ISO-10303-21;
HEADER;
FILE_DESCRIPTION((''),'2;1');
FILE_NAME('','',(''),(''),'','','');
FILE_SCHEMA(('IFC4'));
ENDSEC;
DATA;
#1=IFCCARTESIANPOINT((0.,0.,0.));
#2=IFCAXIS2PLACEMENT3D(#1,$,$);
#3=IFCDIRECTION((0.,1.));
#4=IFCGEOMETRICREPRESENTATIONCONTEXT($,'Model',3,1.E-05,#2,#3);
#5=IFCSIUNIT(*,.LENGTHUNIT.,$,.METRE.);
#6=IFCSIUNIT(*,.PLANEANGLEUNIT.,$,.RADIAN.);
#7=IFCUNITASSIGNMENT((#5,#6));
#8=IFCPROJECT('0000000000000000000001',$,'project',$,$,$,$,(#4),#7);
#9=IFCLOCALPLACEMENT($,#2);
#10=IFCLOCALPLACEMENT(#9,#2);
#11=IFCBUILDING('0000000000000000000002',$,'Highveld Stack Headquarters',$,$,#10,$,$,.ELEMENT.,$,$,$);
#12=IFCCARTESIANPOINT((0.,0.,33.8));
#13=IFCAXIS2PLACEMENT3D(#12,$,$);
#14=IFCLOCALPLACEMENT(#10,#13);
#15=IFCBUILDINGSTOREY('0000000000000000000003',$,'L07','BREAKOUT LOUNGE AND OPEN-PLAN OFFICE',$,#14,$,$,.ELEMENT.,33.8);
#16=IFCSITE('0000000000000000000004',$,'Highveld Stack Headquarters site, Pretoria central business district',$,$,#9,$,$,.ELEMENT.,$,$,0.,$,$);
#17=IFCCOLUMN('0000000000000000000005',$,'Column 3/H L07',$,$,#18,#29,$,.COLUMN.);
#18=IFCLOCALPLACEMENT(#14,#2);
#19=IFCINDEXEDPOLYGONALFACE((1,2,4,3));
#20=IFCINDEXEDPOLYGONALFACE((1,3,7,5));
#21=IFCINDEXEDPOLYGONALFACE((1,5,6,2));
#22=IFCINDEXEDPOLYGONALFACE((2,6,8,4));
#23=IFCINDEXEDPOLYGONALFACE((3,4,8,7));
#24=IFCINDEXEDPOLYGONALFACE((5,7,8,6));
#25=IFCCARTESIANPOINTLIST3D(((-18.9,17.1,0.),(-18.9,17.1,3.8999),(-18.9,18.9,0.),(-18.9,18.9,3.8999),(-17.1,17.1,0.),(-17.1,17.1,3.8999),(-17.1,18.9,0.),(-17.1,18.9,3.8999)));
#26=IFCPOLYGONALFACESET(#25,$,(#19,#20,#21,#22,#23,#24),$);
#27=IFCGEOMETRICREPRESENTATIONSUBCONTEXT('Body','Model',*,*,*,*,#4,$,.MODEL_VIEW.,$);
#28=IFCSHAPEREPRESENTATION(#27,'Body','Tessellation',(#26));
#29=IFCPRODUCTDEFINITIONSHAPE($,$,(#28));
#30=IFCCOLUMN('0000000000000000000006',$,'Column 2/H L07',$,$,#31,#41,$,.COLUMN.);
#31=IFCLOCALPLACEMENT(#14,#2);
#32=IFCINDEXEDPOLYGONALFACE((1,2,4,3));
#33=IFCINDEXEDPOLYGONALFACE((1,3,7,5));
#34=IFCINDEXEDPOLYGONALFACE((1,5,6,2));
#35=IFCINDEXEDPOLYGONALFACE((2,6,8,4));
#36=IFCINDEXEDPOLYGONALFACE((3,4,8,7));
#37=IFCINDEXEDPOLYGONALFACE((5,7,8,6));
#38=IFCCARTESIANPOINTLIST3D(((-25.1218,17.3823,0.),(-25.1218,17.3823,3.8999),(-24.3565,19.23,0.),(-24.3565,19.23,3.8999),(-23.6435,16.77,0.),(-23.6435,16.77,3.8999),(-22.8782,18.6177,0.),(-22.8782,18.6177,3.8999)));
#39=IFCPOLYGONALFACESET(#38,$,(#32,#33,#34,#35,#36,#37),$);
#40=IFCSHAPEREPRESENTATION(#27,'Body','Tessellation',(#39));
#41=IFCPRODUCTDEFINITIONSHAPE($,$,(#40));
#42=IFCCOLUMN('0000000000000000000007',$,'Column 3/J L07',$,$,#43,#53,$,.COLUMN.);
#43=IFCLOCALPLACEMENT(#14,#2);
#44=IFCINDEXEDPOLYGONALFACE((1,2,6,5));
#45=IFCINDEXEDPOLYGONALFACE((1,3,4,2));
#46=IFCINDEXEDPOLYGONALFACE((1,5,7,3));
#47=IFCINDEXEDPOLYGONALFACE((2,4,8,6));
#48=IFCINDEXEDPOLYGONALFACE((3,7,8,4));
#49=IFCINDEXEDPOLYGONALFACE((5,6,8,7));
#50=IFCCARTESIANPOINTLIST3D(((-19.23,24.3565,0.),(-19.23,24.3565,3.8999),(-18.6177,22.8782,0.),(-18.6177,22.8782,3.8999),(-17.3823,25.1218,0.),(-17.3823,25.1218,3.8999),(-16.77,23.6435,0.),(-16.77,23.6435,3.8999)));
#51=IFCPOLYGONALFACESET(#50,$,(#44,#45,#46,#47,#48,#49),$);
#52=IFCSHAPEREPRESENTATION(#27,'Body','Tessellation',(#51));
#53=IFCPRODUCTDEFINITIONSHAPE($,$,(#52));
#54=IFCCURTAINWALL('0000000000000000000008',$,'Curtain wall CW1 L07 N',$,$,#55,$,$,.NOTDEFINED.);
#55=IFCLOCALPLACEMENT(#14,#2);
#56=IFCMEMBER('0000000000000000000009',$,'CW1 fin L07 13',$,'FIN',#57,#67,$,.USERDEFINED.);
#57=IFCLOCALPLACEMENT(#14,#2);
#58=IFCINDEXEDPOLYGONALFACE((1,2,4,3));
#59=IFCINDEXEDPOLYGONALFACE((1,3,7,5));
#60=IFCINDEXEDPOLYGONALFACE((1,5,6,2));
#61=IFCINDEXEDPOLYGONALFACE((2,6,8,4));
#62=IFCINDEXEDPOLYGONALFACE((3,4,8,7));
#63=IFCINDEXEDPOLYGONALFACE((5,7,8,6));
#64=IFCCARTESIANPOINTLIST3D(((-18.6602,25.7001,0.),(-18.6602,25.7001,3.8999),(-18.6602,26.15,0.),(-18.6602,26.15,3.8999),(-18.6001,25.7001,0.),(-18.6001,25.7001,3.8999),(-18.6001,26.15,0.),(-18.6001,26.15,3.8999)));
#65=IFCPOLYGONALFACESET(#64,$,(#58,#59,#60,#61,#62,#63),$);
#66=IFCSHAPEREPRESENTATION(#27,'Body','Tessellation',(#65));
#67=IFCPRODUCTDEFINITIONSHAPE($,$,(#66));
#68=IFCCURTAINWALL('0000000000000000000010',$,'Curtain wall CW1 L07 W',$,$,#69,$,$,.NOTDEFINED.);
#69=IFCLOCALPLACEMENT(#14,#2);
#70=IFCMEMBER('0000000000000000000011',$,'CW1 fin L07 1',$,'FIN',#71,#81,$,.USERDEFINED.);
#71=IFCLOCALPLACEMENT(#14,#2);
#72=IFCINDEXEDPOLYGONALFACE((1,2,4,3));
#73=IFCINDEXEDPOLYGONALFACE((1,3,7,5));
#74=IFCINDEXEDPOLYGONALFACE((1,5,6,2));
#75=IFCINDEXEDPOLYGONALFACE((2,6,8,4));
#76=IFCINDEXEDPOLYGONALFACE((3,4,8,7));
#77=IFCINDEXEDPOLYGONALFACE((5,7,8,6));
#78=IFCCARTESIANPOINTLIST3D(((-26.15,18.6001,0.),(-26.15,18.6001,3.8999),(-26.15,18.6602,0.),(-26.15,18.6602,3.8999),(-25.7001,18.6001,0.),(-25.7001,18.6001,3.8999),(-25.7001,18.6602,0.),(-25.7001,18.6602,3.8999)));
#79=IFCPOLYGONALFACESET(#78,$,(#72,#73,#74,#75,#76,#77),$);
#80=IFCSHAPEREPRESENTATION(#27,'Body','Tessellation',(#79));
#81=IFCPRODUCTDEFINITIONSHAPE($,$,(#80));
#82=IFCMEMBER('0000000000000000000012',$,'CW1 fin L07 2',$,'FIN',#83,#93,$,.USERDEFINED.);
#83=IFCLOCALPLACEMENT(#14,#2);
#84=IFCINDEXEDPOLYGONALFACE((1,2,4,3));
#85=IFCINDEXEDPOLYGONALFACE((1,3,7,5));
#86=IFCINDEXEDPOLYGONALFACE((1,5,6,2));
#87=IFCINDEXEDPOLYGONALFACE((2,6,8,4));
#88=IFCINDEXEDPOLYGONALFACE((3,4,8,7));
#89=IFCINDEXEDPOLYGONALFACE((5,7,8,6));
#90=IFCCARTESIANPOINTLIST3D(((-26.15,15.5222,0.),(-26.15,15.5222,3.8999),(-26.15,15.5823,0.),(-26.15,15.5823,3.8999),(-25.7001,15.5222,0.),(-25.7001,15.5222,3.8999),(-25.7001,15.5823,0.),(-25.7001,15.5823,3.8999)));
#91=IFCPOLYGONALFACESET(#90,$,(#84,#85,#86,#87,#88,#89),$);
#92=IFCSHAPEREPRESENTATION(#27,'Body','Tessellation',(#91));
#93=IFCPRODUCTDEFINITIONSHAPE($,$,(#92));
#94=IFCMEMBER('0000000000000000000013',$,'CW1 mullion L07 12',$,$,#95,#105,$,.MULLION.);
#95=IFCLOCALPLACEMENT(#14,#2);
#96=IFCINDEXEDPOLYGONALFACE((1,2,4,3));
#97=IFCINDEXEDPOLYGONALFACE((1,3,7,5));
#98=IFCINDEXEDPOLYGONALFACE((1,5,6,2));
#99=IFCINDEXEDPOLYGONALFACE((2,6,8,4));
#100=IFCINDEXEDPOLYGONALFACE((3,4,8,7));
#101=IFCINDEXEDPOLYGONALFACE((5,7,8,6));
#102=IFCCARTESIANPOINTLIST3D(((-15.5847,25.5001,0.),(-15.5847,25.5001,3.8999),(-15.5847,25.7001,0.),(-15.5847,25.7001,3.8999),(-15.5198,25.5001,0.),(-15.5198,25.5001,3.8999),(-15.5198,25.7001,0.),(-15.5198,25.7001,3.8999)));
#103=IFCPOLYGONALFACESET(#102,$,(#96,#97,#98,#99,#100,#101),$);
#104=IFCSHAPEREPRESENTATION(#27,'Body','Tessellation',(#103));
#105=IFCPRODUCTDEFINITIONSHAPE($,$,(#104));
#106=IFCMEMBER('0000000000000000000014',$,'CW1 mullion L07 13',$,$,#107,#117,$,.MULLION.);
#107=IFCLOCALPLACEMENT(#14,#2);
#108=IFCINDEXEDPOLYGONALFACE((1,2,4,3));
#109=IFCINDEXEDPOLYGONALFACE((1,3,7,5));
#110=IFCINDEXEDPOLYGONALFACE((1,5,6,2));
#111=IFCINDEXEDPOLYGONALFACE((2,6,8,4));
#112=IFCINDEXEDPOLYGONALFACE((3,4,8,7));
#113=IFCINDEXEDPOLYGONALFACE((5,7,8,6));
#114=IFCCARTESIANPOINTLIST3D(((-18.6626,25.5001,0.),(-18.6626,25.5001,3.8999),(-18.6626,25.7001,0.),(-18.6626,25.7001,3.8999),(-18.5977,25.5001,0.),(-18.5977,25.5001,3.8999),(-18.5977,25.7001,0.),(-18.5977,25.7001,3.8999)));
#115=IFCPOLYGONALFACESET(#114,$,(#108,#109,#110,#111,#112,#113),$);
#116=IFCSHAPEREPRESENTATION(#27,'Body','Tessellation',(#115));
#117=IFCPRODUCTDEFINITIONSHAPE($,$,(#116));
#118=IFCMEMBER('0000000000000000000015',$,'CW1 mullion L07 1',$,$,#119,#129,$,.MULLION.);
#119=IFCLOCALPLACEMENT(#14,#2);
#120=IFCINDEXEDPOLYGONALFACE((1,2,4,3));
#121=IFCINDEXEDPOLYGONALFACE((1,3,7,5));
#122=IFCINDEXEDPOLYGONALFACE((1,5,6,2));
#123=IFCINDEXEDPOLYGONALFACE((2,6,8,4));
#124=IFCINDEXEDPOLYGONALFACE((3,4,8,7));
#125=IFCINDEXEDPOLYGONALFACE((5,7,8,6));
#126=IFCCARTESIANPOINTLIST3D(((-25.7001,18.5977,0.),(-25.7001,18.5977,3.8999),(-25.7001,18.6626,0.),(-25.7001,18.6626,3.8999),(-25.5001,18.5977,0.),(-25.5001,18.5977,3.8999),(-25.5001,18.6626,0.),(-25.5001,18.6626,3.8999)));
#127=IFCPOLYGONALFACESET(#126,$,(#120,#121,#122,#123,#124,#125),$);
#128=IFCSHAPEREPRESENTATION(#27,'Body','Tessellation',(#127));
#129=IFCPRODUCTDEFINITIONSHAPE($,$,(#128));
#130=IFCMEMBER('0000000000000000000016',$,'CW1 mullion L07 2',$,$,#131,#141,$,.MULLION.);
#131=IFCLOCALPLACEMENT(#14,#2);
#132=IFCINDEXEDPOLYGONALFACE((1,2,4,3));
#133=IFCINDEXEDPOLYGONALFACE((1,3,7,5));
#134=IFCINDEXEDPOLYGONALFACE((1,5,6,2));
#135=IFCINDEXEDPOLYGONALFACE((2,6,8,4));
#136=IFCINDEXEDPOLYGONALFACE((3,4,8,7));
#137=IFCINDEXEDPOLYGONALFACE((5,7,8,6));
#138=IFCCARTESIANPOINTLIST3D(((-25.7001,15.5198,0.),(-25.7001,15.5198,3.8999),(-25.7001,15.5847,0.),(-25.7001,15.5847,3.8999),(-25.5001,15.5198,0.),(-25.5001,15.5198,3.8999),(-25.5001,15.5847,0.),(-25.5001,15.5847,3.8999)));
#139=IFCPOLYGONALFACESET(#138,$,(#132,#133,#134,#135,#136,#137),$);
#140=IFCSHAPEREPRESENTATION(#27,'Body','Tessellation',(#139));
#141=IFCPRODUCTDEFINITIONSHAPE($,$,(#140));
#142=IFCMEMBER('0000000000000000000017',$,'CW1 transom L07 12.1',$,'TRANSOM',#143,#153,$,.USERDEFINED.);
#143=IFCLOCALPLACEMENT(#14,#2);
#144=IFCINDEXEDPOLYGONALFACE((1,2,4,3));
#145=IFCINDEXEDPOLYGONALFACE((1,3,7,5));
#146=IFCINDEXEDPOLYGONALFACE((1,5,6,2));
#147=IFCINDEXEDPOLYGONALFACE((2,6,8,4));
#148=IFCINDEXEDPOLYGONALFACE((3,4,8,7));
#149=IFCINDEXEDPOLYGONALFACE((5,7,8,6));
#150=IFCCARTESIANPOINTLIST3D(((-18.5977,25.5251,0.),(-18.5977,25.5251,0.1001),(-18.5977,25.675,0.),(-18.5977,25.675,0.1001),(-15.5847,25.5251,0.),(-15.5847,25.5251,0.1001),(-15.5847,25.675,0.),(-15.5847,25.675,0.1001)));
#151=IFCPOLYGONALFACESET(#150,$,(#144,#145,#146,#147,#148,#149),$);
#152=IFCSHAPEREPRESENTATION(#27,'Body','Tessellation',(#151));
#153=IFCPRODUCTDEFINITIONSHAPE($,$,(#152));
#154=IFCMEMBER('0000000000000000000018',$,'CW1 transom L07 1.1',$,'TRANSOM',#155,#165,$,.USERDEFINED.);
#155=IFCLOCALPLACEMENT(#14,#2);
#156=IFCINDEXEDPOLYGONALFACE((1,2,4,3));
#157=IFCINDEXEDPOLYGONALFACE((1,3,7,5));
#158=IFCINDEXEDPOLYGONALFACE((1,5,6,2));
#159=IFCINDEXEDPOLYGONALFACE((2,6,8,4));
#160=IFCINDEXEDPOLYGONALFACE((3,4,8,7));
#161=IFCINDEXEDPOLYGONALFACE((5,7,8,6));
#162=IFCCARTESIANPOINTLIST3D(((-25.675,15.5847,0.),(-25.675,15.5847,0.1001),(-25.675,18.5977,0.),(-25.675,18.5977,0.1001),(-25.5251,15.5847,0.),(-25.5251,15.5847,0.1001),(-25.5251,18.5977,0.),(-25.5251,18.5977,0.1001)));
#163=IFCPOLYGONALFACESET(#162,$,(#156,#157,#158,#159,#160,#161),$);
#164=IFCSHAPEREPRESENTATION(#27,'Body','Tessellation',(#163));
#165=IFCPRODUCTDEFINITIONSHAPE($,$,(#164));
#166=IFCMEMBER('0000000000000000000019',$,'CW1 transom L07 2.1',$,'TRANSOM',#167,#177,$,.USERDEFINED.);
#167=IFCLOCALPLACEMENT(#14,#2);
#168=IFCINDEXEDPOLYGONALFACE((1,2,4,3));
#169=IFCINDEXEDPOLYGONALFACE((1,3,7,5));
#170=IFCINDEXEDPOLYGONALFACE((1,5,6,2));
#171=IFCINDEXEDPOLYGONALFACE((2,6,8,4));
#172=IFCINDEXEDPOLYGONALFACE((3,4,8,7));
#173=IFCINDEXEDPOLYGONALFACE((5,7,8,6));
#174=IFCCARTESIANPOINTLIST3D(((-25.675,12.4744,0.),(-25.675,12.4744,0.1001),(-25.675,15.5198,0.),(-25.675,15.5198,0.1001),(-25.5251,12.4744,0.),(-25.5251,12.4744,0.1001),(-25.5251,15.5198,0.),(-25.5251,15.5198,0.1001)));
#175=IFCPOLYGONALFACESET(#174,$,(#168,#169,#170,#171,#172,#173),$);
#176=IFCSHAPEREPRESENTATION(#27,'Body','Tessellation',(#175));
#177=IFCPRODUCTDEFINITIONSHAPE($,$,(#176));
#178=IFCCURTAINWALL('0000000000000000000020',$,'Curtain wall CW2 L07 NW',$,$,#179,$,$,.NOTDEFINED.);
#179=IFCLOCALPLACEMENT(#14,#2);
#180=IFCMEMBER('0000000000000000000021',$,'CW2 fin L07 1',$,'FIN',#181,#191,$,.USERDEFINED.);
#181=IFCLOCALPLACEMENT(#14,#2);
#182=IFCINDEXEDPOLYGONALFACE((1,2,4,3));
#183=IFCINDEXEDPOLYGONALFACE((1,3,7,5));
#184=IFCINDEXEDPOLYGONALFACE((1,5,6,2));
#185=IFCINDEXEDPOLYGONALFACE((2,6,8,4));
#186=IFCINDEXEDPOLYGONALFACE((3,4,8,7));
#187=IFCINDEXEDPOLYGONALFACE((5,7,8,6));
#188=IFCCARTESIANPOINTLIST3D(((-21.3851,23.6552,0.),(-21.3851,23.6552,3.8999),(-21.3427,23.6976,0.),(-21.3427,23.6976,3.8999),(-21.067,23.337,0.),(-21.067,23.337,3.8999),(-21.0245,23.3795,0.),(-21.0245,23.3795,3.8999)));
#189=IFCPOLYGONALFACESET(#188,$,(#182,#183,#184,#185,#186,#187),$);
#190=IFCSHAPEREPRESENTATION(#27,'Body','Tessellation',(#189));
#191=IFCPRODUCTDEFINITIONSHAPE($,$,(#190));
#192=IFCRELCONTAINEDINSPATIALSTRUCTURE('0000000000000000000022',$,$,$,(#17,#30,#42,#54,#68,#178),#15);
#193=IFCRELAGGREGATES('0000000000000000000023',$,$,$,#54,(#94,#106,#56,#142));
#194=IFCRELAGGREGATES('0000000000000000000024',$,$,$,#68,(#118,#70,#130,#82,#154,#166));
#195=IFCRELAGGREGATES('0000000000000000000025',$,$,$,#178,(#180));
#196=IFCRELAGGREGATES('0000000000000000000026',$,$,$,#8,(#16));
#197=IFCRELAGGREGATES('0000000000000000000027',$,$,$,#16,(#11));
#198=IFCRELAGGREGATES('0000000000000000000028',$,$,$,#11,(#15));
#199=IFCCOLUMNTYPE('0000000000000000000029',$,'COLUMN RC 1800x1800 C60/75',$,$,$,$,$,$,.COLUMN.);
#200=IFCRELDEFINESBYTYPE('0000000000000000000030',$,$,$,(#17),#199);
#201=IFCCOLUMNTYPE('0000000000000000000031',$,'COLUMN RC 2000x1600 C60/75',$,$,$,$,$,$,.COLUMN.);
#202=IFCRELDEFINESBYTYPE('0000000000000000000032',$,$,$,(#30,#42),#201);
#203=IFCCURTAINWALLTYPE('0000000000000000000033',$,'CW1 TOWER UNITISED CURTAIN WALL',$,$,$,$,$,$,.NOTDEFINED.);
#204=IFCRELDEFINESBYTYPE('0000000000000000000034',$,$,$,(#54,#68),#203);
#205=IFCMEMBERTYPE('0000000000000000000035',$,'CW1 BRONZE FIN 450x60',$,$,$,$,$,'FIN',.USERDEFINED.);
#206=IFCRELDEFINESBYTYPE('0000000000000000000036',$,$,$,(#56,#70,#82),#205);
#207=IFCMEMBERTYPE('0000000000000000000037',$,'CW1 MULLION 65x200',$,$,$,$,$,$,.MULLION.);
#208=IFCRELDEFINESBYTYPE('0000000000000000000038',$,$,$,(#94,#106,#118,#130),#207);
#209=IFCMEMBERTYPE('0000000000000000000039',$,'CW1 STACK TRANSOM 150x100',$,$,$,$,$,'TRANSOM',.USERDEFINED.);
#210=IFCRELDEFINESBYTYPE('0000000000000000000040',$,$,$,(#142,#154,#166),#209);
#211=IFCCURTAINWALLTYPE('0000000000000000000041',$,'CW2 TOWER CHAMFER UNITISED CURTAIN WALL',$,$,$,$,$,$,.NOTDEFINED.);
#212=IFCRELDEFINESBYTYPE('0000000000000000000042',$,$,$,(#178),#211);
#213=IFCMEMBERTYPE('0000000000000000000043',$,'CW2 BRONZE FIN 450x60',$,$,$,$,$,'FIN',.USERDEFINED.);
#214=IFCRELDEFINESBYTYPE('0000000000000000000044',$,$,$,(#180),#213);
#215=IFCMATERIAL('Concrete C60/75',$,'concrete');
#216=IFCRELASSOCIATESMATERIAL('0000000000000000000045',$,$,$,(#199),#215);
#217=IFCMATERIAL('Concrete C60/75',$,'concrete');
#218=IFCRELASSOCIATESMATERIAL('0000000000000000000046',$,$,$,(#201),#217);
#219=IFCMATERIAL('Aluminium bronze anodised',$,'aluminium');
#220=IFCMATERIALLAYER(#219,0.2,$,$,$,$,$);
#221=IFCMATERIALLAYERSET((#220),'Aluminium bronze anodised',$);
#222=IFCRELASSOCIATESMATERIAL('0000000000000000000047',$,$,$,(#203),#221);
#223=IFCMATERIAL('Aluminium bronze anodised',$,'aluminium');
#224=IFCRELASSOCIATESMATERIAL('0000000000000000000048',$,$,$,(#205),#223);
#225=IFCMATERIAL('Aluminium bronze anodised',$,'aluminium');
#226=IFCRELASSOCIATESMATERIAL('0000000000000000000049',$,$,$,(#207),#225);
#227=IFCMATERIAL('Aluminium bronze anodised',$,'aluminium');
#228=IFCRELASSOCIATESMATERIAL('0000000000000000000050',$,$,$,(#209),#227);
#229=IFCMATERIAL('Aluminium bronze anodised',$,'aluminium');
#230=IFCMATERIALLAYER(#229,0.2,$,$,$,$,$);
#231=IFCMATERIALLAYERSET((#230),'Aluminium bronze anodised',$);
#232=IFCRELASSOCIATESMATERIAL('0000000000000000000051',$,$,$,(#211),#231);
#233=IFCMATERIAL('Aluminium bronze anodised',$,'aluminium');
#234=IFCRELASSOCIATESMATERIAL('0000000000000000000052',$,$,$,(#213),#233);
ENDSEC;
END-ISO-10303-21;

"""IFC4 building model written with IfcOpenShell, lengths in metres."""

from ifc_helpers import new_model, si_unit, direction, frame, origin, origin_2d, place, context, subcontext, project, spatial, rectangle, extrude, material, layer, layer_set, material_profile, profile_set, type_object, element, aggregate, save


model = new_model("IFC4")

# Units and contexts
model_context = context("Model", 3, precision=1e-05, world=origin(), true_north=direction((0.0, 1.0)))
body_context = subcontext(model_context, "Body", "Model", "MODEL_VIEW")
ifc_project = project(units=[si_unit("LENGTHUNIT", "METRE"), si_unit("PLANEANGLEUNIT", "RADIAN")], contexts=[model_context])

# Site, building, storey
site_placement = place(None, origin())
site = spatial("IfcSite", under=ifc_project, at=site_placement, Name="Highveld Stack Headquarters site, Pretoria central business district", CompositionType="ELEMENT", RefElevation=0.0)
building_placement = place(site_placement, origin())
building = spatial("IfcBuilding", under=site, at=building_placement, Name="Highveld Stack Headquarters", CompositionType="ELEMENT")
storey_placement = place(building_placement, frame((0.0, 0.0, 33.8)))
storey = spatial("IfcBuildingStorey", under=building, at=storey_placement, Name="L07", Description="BREAKOUT LOUNGE AND OPEN-PLAN OFFICE", CompositionType="ELEMENT", Elevation=33.8)

# Columns
ifc_material_1 = material(Name="Concrete C60/75", Category="concrete")
ifc_material_profile_1 = material_profile(ifc_material_1, rectangle(XDim=1.8, YDim=1.8, at=origin_2d()), Name="RC 1800x1800")
ifc_profile_set_1 = profile_set([ifc_material_profile_1], Name="Concrete C60/75")
column_type_1 = type_object("IfcColumnType", Name="COLUMN RC 1800x1800 C60/75", PredefinedType="COLUMN", material=ifc_profile_set_1)
column_placement = place(storey_placement, frame((-18.0, 18.0, 0.0), z_axis=(0.0, 0.0, 1.0), x_axis=(1.0, 0.0, 0.0)))
element("IfcColumn", 1, at=column_placement, inside=storey, type_object=column_type_1, Name="Column 3/H L07", PredefinedType="COLUMN", context=body_context, shape_type="SweptSolid", body=[
    extrude(rectangle(XDim=1.8, YDim=1.8, at=origin_2d()), origin(), (0.0, 0.0, 1.0), 3.8999),
])
ifc_material_2 = material(Name="Concrete C60/75", Category="concrete")
ifc_material_profile_2 = material_profile(ifc_material_2, rectangle(XDim=2.0, YDim=1.6001, at=origin_2d()), Name="RC 2000x1600")
ifc_profile_set_2 = profile_set([ifc_material_profile_2], Name="Concrete C60/75")
column_type_2 = type_object("IfcColumnType", Name="COLUMN RC 2000x1600 C60/75", PredefinedType="COLUMN", material=ifc_profile_set_2)
for number, where, z_axis, x_axis, name in (
    (2, (-24.0, 18.0, 0.0), (0.0, 0.0, 1.0), (0.382683, 0.92388, 0.0), "Column 2/H L07"),
    (3, (-18.0, 24.0, 0.0), (0.0, 0.0, 1.0), (0.92388, 0.382683, 0.0), "Column 3/J L07"),
):
    element("IfcColumn", number, at=place(storey_placement, frame(where, z_axis=z_axis, x_axis=x_axis)), inside=storey, type_object=column_type_2, Name=name, PredefinedType="COLUMN", context=body_context, shape_type="SweptSolid", body=[
        extrude(rectangle(XDim=2.0, YDim=1.6001, at=origin_2d()), origin(), (0.0, 0.0, 1.0), 3.8999),
    ])

# Curtain wall, member
ifc_material_3 = material(Name="Aluminium bronze anodised", Category="aluminium")
ifc_layer_1 = layer(ifc_material_3, 0.2)
ifc_layer_set_1 = layer_set([ifc_layer_1], Name="Aluminium bronze anodised")
curtain_wall_type_1 = type_object("IfcCurtainWallType", Name="CW1 TOWER UNITISED CURTAIN WALL", PredefinedType="NOTDEFINED", material=ifc_layer_set_1)
curtain_wall_1_placement = place(storey_placement, origin())
curtain_wall_1 = element("IfcCurtainWall", 4, at=curtain_wall_1_placement, inside=storey, type_object=curtain_wall_type_1, Name="Curtain wall CW1 L07 N", PredefinedType="NOTDEFINED")
ifc_material_4 = material(Name="Aluminium bronze anodised", Category="aluminium")
ifc_material_profile_3 = material_profile(ifc_material_4, rectangle(XDim=0.45, YDim=0.0601, at=origin_2d()), Name="FIN 450x60")
ifc_profile_set_3 = profile_set([ifc_material_profile_3], Name="Aluminium bronze anodised")
member_type_1 = type_object("IfcMemberType", Name="CW1 BRONZE FIN 450x60", ElementType="FIN", PredefinedType="USERDEFINED", material=ifc_profile_set_3)
member_1_placement = place(storey_placement, frame((-18.6301, 25.925, 0.0), z_axis=(0.0, 0.0, 1.0), x_axis=(0.0, -1.0, 0.0)))
member_1 = element("IfcMember", 5, at=member_1_placement, type_object=member_type_1, Name="CW1 fin L07 13", ObjectType="FIN", PredefinedType="USERDEFINED", context=body_context, shape_type="SweptSolid", body=[
    extrude(rectangle(XDim=0.45, YDim=0.0601, at=origin_2d()), origin(), (0.0, 0.0, 1.0), 3.8999),
])

# Curtain wall, members
curtain_wall_2_placement = place(storey_placement, origin())
curtain_wall_2 = element("IfcCurtainWall", 6, at=curtain_wall_2_placement, inside=storey, type_object=curtain_wall_type_1, Name="Curtain wall CW1 L07 W", PredefinedType="NOTDEFINED")
member_2_placement = place(storey_placement, frame((-25.925, 18.6301, 0.0), z_axis=(0.0, 0.0, 1.0), x_axis=(1.0, 0.0, 0.0)))
member_2 = element("IfcMember", 7, at=member_2_placement, type_object=member_type_1, Name="CW1 fin L07 1", ObjectType="FIN", PredefinedType="USERDEFINED", context=body_context, shape_type="SweptSolid", body=[
    extrude(rectangle(XDim=0.45, YDim=0.0601, at=origin_2d()), origin(), (0.0, 0.0, 1.0), 3.8999),
])
member_3_placement = place(storey_placement, frame((-25.925, 15.5522, 0.0), z_axis=(0.0, 0.0, 1.0), x_axis=(1.0, 0.0, 0.0)))
member_3 = element("IfcMember", 8, at=member_3_placement, type_object=member_type_1, Name="CW1 fin L07 2", ObjectType="FIN", PredefinedType="USERDEFINED", context=body_context, shape_type="SweptSolid", body=[
    extrude(rectangle(XDim=0.45, YDim=0.0601, at=origin_2d()), origin(), (0.0, 0.0, 1.0), 3.8999),
])

# Members
ifc_material_5 = material(Name="Aluminium bronze anodised", Category="aluminium")
ifc_material_profile_4 = material_profile(ifc_material_5, rectangle(XDim=0.2, YDim=0.0649, at=origin_2d()), Name="CW1 MULLION 65x200")
ifc_profile_set_4 = profile_set([ifc_material_profile_4], Name="Aluminium bronze anodised")
member_type_2 = type_object("IfcMemberType", Name="CW1 MULLION 65x200", PredefinedType="MULLION", material=ifc_profile_set_4)
member_4_placement = place(storey_placement, frame((-15.5522, 25.6001, 0.0), z_axis=(0.0, 0.0, 1.0), x_axis=(0.0, -1.0, 0.0)))
member_4 = element("IfcMember", 9, at=member_4_placement, type_object=member_type_2, Name="CW1 mullion L07 12", PredefinedType="MULLION", context=body_context, shape_type="SweptSolid", body=[
    extrude(rectangle(XDim=0.2, YDim=0.0649, at=origin_2d()), origin(), (0.0, 0.0, 1.0), 3.8999),
])
member_5_placement = place(storey_placement, frame((-18.6301, 25.6001, 0.0), z_axis=(0.0, 0.0, 1.0), x_axis=(0.0, -1.0, 0.0)))
member_5 = element("IfcMember", 10, at=member_5_placement, type_object=member_type_2, Name="CW1 mullion L07 13", PredefinedType="MULLION", context=body_context, shape_type="SweptSolid", body=[
    extrude(rectangle(XDim=0.2, YDim=0.0649, at=origin_2d()), origin(), (0.0, 0.0, 1.0), 3.8999),
])
member_6_placement = place(storey_placement, frame((-25.6001, 18.6301, 0.0), z_axis=(0.0, 0.0, 1.0), x_axis=(1.0, 0.0, 0.0)))
member_6 = element("IfcMember", 11, at=member_6_placement, type_object=member_type_2, Name="CW1 mullion L07 1", PredefinedType="MULLION", context=body_context, shape_type="SweptSolid", body=[
    extrude(rectangle(XDim=0.2, YDim=0.0649, at=origin_2d()), origin(), (0.0, 0.0, 1.0), 3.8999),
])
member_7_placement = place(storey_placement, frame((-25.6001, 15.5522, 0.0), z_axis=(0.0, 0.0, 1.0), x_axis=(1.0, 0.0, 0.0)))
member_7 = element("IfcMember", 12, at=member_7_placement, type_object=member_type_2, Name="CW1 mullion L07 2", PredefinedType="MULLION", context=body_context, shape_type="SweptSolid", body=[
    extrude(rectangle(XDim=0.2, YDim=0.0649, at=origin_2d()), origin(), (0.0, 0.0, 1.0), 3.8999),
])
ifc_material_6 = material(Name="Aluminium bronze anodised", Category="aluminium")
ifc_material_profile_5 = material_profile(ifc_material_6, rectangle(XDim=0.1499, YDim=0.1001, at=origin_2d()), Name="CW1 TRANSOM 150x100")
ifc_profile_set_5 = profile_set([ifc_material_profile_5], Name="Aluminium bronze anodised")
member_type_3 = type_object("IfcMemberType", Name="CW1 STACK TRANSOM 150x100", ElementType="TRANSOM", PredefinedType="USERDEFINED", material=ifc_profile_set_5)
member_8_placement = place(storey_placement, frame((-15.5847, 25.6001, 0.05), z_axis=(-1.0, 0.0, 0.0), x_axis=(0.0, -1.0, 0.0)))
member_8 = element("IfcMember", 13, at=member_8_placement, type_object=member_type_3, Name="CW1 transom L07 12.1", ObjectType="TRANSOM", PredefinedType="USERDEFINED", context=body_context, shape_type="SweptSolid", body=[
    extrude(rectangle(XDim=0.1499, YDim=0.1001, at=origin_2d()), origin(), (0.0, 0.0, 1.0), 3.0129),
])
member_9_placement = place(storey_placement, frame((-25.6001, 18.5977, 0.05), z_axis=(0.0, -1.0, 0.0), x_axis=(1.0, 0.0, 0.0)))
member_9 = element("IfcMember", 14, at=member_9_placement, type_object=member_type_3, Name="CW1 transom L07 1.1", ObjectType="TRANSOM", PredefinedType="USERDEFINED", context=body_context, shape_type="SweptSolid", body=[
    extrude(rectangle(XDim=0.1499, YDim=0.1001, at=origin_2d()), origin(), (0.0, 0.0, 1.0), 3.0129),
])
member_10_placement = place(storey_placement, frame((-25.6001, 15.5198, 0.05), z_axis=(0.0, -1.0, 0.0), x_axis=(1.0, 0.0, 0.0)))
member_10 = element("IfcMember", 15, at=member_10_placement, type_object=member_type_3, Name="CW1 transom L07 2.1", ObjectType="TRANSOM", PredefinedType="USERDEFINED", context=body_context, shape_type="SweptSolid", body=[
    extrude(rectangle(XDim=0.1499, YDim=0.1001, at=origin_2d()), origin(), (0.0, 0.0, 1.0), 3.0454),
])

# Curtain wall, member
ifc_material_7 = material(Name="Aluminium bronze anodised", Category="aluminium")
ifc_layer_2 = layer(ifc_material_7, 0.2)
ifc_layer_set_2 = layer_set([ifc_layer_2], Name="Aluminium bronze anodised")
curtain_wall_type_2 = type_object("IfcCurtainWallType", Name="CW2 TOWER CHAMFER UNITISED CURTAIN WALL", PredefinedType="NOTDEFINED", material=ifc_layer_set_2)
curtain_wall_3_placement = place(storey_placement, origin())
curtain_wall_3 = element("IfcCurtainWall", 16, at=curtain_wall_3_placement, inside=storey, type_object=curtain_wall_type_2, Name="Curtain wall CW2 L07 NW", PredefinedType="NOTDEFINED")
ifc_material_8 = material(Name="Aluminium bronze anodised", Category="aluminium")
ifc_material_profile_6 = material_profile(ifc_material_8, rectangle(XDim=0.45, YDim=0.0601, at=origin_2d()), Name="FIN 450x60")
ifc_profile_set_6 = profile_set([ifc_material_profile_6], Name="Aluminium bronze anodised")
member_type_4 = type_object("IfcMemberType", Name="CW2 BRONZE FIN 450x60", ElementType="FIN", PredefinedType="USERDEFINED", material=ifc_profile_set_6)
member_11_placement = place(storey_placement, frame((-21.2048, 23.5173, 0.0), z_axis=(0.0, 0.0, 1.0), x_axis=(0.707107, -0.707107, 0.0)))
member_11 = element("IfcMember", 17, at=member_11_placement, type_object=member_type_4, Name="CW2 fin L07 1", ObjectType="FIN", PredefinedType="USERDEFINED", context=body_context, shape_type="SweptSolid", body=[
    extrude(rectangle(XDim=0.45, YDim=0.0601, at=origin_2d()), origin(), (0.0, 0.0, 1.0), 3.8999),
])

aggregate(curtain_wall_1, [member_4, member_5, member_1, member_8])
aggregate(curtain_wall_2, [member_6, member_2, member_7, member_3, member_9, member_10])
aggregate(curtain_wall_3, [member_11])

save(model, "model.ifc")
